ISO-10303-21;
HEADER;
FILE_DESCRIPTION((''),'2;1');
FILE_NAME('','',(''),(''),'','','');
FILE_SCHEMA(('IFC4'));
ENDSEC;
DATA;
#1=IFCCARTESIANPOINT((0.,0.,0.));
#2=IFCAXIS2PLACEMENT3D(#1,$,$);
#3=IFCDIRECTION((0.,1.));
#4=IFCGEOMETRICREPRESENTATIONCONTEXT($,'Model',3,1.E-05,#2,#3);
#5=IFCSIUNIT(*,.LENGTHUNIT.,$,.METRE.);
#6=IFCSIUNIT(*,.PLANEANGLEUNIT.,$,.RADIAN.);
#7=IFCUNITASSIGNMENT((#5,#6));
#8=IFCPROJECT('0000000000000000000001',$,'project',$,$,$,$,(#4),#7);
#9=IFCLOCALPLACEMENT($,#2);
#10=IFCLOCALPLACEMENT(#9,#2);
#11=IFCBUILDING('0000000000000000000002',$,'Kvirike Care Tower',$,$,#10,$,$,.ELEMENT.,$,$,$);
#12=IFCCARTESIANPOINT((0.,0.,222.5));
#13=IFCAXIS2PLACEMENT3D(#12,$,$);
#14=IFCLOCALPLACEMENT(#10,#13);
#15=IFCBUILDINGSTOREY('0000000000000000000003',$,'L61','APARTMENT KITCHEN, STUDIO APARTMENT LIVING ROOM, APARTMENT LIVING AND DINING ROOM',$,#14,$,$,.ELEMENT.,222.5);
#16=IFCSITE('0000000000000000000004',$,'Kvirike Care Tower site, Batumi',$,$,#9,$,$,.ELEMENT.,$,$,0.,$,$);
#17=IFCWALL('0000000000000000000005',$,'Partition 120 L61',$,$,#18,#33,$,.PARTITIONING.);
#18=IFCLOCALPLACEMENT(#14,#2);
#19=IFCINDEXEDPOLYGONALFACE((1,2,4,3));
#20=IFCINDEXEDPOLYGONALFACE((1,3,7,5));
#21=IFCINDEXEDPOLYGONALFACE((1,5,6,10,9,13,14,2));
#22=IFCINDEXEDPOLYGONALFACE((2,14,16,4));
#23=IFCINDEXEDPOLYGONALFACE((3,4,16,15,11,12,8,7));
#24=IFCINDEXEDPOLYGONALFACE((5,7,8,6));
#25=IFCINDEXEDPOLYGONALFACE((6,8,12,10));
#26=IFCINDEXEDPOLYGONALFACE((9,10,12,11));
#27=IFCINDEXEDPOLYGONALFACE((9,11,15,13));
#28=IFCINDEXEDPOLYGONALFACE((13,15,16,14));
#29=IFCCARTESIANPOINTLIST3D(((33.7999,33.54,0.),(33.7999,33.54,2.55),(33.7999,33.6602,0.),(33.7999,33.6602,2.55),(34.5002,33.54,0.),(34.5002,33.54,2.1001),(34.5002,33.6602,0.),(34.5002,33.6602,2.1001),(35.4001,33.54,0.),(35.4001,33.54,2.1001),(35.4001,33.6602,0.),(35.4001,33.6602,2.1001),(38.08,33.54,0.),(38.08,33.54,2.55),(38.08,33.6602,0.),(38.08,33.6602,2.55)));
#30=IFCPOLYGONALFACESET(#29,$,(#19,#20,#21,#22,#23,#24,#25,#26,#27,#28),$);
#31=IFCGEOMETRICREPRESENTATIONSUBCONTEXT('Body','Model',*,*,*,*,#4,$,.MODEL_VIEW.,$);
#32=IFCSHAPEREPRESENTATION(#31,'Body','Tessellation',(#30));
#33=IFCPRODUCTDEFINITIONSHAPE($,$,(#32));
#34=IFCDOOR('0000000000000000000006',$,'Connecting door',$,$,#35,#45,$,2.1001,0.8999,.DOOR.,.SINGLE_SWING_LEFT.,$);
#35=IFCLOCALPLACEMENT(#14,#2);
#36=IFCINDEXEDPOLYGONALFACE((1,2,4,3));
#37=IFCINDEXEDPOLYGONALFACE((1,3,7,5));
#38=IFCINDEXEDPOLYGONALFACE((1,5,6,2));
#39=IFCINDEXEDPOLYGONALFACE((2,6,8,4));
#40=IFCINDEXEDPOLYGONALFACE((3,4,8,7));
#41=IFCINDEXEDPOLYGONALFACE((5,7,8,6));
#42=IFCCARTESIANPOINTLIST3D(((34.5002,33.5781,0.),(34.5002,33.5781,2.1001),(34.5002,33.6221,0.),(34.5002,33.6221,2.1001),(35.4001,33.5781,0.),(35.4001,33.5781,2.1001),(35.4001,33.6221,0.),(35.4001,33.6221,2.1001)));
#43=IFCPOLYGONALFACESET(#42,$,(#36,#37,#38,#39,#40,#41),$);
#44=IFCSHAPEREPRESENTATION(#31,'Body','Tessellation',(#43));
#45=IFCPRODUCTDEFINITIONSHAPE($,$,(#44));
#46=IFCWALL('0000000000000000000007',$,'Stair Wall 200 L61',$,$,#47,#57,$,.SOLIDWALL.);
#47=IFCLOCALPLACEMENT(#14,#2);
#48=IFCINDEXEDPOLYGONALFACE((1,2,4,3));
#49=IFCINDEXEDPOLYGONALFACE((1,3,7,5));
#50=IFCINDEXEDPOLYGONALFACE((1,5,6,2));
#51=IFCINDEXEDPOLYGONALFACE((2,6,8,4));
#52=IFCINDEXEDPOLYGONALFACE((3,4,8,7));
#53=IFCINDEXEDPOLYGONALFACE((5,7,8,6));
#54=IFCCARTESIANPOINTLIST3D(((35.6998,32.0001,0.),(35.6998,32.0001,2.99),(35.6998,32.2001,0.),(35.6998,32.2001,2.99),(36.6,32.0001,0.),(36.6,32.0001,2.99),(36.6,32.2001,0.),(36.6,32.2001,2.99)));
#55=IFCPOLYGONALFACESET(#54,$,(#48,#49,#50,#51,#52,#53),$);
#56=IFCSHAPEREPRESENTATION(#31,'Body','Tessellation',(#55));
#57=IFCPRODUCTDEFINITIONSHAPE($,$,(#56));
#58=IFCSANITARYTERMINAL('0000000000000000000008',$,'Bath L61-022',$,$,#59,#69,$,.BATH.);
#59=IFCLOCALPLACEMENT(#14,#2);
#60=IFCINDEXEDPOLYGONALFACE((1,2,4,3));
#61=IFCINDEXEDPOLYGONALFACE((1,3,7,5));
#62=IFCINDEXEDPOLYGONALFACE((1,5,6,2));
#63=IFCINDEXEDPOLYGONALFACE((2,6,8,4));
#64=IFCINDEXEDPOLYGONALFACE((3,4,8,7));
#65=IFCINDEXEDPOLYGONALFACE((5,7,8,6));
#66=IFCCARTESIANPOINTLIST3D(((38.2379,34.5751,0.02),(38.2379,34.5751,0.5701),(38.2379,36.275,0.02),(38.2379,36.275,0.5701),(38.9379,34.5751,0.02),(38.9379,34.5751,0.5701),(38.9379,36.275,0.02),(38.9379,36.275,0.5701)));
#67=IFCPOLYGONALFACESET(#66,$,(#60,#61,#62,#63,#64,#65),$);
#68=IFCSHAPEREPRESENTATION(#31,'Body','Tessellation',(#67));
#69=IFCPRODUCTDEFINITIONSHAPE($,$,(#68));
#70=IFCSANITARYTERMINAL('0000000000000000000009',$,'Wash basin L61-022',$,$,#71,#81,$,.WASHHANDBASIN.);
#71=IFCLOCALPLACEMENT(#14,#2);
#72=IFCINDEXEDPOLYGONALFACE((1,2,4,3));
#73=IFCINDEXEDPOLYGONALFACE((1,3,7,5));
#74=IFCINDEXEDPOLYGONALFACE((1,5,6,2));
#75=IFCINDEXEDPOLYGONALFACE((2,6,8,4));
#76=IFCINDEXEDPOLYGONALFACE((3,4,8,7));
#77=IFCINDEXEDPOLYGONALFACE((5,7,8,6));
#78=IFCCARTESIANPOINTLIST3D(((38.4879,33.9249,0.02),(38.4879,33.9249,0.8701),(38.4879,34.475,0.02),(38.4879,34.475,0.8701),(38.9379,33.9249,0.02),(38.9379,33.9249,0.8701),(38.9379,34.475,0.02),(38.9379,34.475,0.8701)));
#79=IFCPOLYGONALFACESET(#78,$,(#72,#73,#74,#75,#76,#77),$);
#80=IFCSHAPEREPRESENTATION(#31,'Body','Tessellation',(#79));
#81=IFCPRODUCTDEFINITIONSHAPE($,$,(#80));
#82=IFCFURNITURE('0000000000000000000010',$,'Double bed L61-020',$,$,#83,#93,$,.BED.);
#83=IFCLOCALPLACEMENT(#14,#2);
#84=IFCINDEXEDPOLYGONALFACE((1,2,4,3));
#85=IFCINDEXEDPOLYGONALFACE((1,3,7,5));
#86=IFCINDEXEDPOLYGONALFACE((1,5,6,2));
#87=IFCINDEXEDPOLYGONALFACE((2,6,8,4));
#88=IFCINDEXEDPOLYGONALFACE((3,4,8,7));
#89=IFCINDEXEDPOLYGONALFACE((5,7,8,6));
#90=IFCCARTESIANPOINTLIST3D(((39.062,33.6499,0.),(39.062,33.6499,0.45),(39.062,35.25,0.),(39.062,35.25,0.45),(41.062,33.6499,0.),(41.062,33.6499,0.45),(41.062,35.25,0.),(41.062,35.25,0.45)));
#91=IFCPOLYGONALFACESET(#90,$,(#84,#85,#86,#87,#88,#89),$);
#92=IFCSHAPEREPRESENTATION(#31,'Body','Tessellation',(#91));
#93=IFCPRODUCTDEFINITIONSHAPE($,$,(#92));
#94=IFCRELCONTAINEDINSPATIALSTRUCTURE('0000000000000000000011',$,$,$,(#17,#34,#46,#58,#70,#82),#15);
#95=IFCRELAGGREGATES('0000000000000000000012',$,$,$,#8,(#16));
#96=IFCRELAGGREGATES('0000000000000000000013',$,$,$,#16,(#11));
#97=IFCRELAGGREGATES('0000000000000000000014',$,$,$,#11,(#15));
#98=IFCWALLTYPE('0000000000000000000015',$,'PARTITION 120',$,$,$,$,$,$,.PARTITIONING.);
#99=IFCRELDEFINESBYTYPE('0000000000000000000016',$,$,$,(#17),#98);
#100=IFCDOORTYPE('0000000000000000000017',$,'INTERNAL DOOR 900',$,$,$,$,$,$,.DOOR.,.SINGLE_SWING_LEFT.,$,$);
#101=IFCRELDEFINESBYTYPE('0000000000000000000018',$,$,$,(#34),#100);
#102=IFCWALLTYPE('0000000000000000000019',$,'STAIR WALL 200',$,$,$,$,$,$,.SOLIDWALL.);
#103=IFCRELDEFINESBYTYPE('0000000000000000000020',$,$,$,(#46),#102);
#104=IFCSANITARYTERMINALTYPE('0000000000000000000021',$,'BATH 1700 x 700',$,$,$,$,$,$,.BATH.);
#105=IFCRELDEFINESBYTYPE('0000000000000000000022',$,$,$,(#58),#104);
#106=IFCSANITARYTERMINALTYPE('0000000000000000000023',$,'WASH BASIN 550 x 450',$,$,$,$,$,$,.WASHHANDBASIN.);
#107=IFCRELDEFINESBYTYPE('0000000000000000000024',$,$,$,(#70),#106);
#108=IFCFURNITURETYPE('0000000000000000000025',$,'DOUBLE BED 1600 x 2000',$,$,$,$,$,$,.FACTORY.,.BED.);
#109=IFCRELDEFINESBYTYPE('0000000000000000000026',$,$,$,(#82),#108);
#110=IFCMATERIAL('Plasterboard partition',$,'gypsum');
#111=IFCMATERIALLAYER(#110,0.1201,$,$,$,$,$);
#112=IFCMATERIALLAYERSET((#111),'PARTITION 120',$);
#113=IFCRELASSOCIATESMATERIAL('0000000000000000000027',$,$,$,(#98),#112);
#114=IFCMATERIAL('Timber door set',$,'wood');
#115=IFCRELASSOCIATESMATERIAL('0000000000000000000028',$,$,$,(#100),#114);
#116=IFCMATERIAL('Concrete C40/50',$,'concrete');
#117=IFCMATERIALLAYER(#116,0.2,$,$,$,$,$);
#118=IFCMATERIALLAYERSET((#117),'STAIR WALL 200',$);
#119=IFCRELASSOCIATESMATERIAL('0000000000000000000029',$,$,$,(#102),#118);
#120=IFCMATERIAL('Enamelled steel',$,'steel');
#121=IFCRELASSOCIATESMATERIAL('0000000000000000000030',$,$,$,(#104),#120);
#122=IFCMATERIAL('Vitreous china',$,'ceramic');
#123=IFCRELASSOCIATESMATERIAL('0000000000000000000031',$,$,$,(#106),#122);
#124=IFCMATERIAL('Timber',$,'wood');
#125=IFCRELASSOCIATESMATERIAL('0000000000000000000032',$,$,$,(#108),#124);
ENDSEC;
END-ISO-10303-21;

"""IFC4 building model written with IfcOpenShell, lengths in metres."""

from ifc_helpers import new_model, si_unit, direction, frame, frame_2d, origin, origin_2d, place, context, subcontext, project, spatial, rectangle, extrude, material, layer, layer_set, type_object, element, fill, save


model = new_model("IFC4")

# Units and contexts
model_context = context("Model", 3, precision=1e-05, world=origin(), true_north=direction((0.0, 1.0)))
body_context = subcontext(model_context, "Body", "Model", "MODEL_VIEW")
ifc_project = project(units=[si_unit("LENGTHUNIT", "METRE"), si_unit("PLANEANGLEUNIT", "RADIAN")], contexts=[model_context])

# Site, building, storey
site_placement = place(None, origin())
site = spatial("IfcSite", under=ifc_project, at=site_placement, Name="Kvirike Care Tower site, Batumi", CompositionType="ELEMENT", RefElevation=0.0)
building_placement = place(site_placement, origin())
building = spatial("IfcBuilding", under=site, at=building_placement, Name="Kvirike Care Tower", CompositionType="ELEMENT")
storey_placement = place(building_placement, frame((0.0, 0.0, 222.5)))
storey = spatial("IfcBuildingStorey", under=building, at=storey_placement, Name="L61", Description="APARTMENT KITCHEN, STUDIO APARTMENT LIVING ROOM, APARTMENT LIVING AND DINING ROOM", CompositionType="ELEMENT", Elevation=222.5)

# Wall, opening, door
ifc_material_1 = material(Name="Plasterboard partition", Category="gypsum")
ifc_layer_1 = layer(ifc_material_1, 0.1201)
ifc_layer_set_1 = layer_set([ifc_layer_1], Name="PARTITION 120")
wall_type_1 = type_object("IfcWallType", Name="PARTITION 120", PredefinedType="PARTITIONING", material=ifc_layer_set_1)
ifc_material_2 = material(Name="Timber door set", Category="wood")
door_type_1 = type_object("IfcDoorType", Name="INTERNAL DOOR 900", OperationType="SINGLE_SWING_LEFT", PredefinedType="DOOR", material=ifc_material_2)
wall_1_placement = place(storey_placement, frame((38.0801, 33.6001, 0.0), z_axis=(0.0, 0.0, 1.0), x_axis=(-1.0, 0.0, 0.0)))
wall_1 = element("IfcWall", 1, at=wall_1_placement, inside=storey, type_object=wall_type_1, Name="Partition 120 L61", PredefinedType="PARTITIONING", context=body_context, shape_type="SweptSolid", body=[
    extrude(rectangle(XDim=4.28, YDim=0.1201, at=frame_2d((2.1401, 0.0))), origin(), (0.0, 0.0, 1.0), 2.55),
])
opening_1_placement = place(wall_1_placement, frame((2.6799, 0.0, 0.0)))
opening_1 = element("IfcOpeningElement", 2, at=opening_1_placement, cuts=wall_1, PredefinedType="OPENING", context=body_context, shape_type="SweptSolid", body=[
    extrude(rectangle(XDim=0.8999, YDim=2.1001, at=frame_2d((0.45, 1.05))), frame((0.0, 0.0706, 0.0), z_axis=(0.0, -1.0, 0.0), x_axis=(1.0, 0.0, 0.0)), (0.0, 0.0, 1.0), 0.1411),
])
door_1_placement = place(opening_1_placement, origin())
door_1 = element("IfcDoor", 3, at=door_1_placement, inside=storey, type_object=door_type_1, Name="Connecting door", OperationType="SINGLE_SWING_LEFT", OverallHeight=2.1001, OverallWidth=0.8999, PredefinedType="DOOR", context=body_context, shape_type="SweptSolid", body=[
    extrude(rectangle(XDim=0.8999, YDim=2.1001, at=frame_2d((0.45, 1.05))), frame((0.0, 0.022, 0.0), z_axis=(0.0, -1.0, 0.0), x_axis=(1.0, 0.0, 0.0)), (0.0, 0.0, 1.0), 0.0439),
])
fill(opening_1, door_1)

# Wall
ifc_material_3 = material(Name="Concrete C40/50", Category="concrete")
ifc_layer_2 = layer(ifc_material_3, 0.2)
ifc_layer_set_2 = layer_set([ifc_layer_2], Name="STAIR WALL 200")
wall_type_2 = type_object("IfcWallType", Name="STAIR WALL 200", PredefinedType="SOLIDWALL", material=ifc_layer_set_2)
wall_2_placement = place(storey_placement, frame((36.6001, 32.1001, 0.0), z_axis=(0.0, 0.0, 1.0), x_axis=(-1.0, 0.0, 0.0)))
element("IfcWall", 4, at=wall_2_placement, inside=storey, type_object=wall_type_2, Name="Stair Wall 200 L61", PredefinedType="SOLIDWALL", context=body_context, shape_type="SweptSolid", body=[
    extrude(rectangle(XDim=0.9001, YDim=0.2, at=frame_2d((0.4502, 0.0))), origin(), (0.0, 0.0, 1.0), 2.99),
])

# Sanitary terminals
ifc_material_4 = material(Name="Enamelled steel", Category="steel")
sanitary_terminal_type_1 = type_object("IfcSanitaryTerminalType", Name="BATH 1700 x 700", PredefinedType="BATH", material=ifc_material_4)
sanitary_terminal_1_placement = place(storey_placement, frame((38.5879, 35.425, 0.02), z_axis=(0.0, 0.0, 1.0), x_axis=(0.0, -1.0, 0.0)))
element("IfcSanitaryTerminal", 5, at=sanitary_terminal_1_placement, inside=storey, type_object=sanitary_terminal_type_1, Name="Bath L61-022", PredefinedType="BATH", context=body_context, shape_type="SweptSolid", body=[
    extrude(rectangle(XDim=1.7, YDim=0.7, at=origin_2d()), origin(), (0.0, 0.0, 1.0), 0.55),
])
ifc_material_5 = material(Name="Vitreous china", Category="ceramic")
sanitary_terminal_type_2 = type_object("IfcSanitaryTerminalType", Name="WASH BASIN 550 x 450", PredefinedType="WASHHANDBASIN", material=ifc_material_5)
sanitary_terminal_2_placement = place(storey_placement, frame((38.7129, 34.2, 0.02), z_axis=(0.0, 0.0, 1.0), x_axis=(0.0, -1.0, 0.0)))
element("IfcSanitaryTerminal", 6, at=sanitary_terminal_2_placement, inside=storey, type_object=sanitary_terminal_type_2, Name="Wash basin L61-022", PredefinedType="WASHHANDBASIN", context=body_context, shape_type="SweptSolid", body=[
    extrude(rectangle(XDim=0.55, YDim=0.45, at=origin_2d()), origin(), (0.0, 0.0, 1.0), 0.8501),
])

# Furniture
ifc_material_6 = material(Name="Timber", Category="wood")
furniture_type = type_object("IfcFurnitureType", Name="DOUBLE BED 1600 x 2000", AssemblyPlace="FACTORY", PredefinedType="BED", material=ifc_material_6)
furniture_placement = place(storey_placement, frame((40.062, 34.45, 0.0), z_axis=(0.0, 0.0, 1.0), x_axis=(0.0, 1.0, 0.0)))
element("IfcFurniture", 7, at=furniture_placement, inside=storey, type_object=furniture_type, Name="Double bed L61-020", PredefinedType="BED", context=body_context, shape_type="SweptSolid", body=[
    extrude(rectangle(XDim=1.6001, YDim=2.0, at=origin_2d()), origin(), (0.0, 0.0, 1.0), 0.45),
])

save(model, "model.ifc")
